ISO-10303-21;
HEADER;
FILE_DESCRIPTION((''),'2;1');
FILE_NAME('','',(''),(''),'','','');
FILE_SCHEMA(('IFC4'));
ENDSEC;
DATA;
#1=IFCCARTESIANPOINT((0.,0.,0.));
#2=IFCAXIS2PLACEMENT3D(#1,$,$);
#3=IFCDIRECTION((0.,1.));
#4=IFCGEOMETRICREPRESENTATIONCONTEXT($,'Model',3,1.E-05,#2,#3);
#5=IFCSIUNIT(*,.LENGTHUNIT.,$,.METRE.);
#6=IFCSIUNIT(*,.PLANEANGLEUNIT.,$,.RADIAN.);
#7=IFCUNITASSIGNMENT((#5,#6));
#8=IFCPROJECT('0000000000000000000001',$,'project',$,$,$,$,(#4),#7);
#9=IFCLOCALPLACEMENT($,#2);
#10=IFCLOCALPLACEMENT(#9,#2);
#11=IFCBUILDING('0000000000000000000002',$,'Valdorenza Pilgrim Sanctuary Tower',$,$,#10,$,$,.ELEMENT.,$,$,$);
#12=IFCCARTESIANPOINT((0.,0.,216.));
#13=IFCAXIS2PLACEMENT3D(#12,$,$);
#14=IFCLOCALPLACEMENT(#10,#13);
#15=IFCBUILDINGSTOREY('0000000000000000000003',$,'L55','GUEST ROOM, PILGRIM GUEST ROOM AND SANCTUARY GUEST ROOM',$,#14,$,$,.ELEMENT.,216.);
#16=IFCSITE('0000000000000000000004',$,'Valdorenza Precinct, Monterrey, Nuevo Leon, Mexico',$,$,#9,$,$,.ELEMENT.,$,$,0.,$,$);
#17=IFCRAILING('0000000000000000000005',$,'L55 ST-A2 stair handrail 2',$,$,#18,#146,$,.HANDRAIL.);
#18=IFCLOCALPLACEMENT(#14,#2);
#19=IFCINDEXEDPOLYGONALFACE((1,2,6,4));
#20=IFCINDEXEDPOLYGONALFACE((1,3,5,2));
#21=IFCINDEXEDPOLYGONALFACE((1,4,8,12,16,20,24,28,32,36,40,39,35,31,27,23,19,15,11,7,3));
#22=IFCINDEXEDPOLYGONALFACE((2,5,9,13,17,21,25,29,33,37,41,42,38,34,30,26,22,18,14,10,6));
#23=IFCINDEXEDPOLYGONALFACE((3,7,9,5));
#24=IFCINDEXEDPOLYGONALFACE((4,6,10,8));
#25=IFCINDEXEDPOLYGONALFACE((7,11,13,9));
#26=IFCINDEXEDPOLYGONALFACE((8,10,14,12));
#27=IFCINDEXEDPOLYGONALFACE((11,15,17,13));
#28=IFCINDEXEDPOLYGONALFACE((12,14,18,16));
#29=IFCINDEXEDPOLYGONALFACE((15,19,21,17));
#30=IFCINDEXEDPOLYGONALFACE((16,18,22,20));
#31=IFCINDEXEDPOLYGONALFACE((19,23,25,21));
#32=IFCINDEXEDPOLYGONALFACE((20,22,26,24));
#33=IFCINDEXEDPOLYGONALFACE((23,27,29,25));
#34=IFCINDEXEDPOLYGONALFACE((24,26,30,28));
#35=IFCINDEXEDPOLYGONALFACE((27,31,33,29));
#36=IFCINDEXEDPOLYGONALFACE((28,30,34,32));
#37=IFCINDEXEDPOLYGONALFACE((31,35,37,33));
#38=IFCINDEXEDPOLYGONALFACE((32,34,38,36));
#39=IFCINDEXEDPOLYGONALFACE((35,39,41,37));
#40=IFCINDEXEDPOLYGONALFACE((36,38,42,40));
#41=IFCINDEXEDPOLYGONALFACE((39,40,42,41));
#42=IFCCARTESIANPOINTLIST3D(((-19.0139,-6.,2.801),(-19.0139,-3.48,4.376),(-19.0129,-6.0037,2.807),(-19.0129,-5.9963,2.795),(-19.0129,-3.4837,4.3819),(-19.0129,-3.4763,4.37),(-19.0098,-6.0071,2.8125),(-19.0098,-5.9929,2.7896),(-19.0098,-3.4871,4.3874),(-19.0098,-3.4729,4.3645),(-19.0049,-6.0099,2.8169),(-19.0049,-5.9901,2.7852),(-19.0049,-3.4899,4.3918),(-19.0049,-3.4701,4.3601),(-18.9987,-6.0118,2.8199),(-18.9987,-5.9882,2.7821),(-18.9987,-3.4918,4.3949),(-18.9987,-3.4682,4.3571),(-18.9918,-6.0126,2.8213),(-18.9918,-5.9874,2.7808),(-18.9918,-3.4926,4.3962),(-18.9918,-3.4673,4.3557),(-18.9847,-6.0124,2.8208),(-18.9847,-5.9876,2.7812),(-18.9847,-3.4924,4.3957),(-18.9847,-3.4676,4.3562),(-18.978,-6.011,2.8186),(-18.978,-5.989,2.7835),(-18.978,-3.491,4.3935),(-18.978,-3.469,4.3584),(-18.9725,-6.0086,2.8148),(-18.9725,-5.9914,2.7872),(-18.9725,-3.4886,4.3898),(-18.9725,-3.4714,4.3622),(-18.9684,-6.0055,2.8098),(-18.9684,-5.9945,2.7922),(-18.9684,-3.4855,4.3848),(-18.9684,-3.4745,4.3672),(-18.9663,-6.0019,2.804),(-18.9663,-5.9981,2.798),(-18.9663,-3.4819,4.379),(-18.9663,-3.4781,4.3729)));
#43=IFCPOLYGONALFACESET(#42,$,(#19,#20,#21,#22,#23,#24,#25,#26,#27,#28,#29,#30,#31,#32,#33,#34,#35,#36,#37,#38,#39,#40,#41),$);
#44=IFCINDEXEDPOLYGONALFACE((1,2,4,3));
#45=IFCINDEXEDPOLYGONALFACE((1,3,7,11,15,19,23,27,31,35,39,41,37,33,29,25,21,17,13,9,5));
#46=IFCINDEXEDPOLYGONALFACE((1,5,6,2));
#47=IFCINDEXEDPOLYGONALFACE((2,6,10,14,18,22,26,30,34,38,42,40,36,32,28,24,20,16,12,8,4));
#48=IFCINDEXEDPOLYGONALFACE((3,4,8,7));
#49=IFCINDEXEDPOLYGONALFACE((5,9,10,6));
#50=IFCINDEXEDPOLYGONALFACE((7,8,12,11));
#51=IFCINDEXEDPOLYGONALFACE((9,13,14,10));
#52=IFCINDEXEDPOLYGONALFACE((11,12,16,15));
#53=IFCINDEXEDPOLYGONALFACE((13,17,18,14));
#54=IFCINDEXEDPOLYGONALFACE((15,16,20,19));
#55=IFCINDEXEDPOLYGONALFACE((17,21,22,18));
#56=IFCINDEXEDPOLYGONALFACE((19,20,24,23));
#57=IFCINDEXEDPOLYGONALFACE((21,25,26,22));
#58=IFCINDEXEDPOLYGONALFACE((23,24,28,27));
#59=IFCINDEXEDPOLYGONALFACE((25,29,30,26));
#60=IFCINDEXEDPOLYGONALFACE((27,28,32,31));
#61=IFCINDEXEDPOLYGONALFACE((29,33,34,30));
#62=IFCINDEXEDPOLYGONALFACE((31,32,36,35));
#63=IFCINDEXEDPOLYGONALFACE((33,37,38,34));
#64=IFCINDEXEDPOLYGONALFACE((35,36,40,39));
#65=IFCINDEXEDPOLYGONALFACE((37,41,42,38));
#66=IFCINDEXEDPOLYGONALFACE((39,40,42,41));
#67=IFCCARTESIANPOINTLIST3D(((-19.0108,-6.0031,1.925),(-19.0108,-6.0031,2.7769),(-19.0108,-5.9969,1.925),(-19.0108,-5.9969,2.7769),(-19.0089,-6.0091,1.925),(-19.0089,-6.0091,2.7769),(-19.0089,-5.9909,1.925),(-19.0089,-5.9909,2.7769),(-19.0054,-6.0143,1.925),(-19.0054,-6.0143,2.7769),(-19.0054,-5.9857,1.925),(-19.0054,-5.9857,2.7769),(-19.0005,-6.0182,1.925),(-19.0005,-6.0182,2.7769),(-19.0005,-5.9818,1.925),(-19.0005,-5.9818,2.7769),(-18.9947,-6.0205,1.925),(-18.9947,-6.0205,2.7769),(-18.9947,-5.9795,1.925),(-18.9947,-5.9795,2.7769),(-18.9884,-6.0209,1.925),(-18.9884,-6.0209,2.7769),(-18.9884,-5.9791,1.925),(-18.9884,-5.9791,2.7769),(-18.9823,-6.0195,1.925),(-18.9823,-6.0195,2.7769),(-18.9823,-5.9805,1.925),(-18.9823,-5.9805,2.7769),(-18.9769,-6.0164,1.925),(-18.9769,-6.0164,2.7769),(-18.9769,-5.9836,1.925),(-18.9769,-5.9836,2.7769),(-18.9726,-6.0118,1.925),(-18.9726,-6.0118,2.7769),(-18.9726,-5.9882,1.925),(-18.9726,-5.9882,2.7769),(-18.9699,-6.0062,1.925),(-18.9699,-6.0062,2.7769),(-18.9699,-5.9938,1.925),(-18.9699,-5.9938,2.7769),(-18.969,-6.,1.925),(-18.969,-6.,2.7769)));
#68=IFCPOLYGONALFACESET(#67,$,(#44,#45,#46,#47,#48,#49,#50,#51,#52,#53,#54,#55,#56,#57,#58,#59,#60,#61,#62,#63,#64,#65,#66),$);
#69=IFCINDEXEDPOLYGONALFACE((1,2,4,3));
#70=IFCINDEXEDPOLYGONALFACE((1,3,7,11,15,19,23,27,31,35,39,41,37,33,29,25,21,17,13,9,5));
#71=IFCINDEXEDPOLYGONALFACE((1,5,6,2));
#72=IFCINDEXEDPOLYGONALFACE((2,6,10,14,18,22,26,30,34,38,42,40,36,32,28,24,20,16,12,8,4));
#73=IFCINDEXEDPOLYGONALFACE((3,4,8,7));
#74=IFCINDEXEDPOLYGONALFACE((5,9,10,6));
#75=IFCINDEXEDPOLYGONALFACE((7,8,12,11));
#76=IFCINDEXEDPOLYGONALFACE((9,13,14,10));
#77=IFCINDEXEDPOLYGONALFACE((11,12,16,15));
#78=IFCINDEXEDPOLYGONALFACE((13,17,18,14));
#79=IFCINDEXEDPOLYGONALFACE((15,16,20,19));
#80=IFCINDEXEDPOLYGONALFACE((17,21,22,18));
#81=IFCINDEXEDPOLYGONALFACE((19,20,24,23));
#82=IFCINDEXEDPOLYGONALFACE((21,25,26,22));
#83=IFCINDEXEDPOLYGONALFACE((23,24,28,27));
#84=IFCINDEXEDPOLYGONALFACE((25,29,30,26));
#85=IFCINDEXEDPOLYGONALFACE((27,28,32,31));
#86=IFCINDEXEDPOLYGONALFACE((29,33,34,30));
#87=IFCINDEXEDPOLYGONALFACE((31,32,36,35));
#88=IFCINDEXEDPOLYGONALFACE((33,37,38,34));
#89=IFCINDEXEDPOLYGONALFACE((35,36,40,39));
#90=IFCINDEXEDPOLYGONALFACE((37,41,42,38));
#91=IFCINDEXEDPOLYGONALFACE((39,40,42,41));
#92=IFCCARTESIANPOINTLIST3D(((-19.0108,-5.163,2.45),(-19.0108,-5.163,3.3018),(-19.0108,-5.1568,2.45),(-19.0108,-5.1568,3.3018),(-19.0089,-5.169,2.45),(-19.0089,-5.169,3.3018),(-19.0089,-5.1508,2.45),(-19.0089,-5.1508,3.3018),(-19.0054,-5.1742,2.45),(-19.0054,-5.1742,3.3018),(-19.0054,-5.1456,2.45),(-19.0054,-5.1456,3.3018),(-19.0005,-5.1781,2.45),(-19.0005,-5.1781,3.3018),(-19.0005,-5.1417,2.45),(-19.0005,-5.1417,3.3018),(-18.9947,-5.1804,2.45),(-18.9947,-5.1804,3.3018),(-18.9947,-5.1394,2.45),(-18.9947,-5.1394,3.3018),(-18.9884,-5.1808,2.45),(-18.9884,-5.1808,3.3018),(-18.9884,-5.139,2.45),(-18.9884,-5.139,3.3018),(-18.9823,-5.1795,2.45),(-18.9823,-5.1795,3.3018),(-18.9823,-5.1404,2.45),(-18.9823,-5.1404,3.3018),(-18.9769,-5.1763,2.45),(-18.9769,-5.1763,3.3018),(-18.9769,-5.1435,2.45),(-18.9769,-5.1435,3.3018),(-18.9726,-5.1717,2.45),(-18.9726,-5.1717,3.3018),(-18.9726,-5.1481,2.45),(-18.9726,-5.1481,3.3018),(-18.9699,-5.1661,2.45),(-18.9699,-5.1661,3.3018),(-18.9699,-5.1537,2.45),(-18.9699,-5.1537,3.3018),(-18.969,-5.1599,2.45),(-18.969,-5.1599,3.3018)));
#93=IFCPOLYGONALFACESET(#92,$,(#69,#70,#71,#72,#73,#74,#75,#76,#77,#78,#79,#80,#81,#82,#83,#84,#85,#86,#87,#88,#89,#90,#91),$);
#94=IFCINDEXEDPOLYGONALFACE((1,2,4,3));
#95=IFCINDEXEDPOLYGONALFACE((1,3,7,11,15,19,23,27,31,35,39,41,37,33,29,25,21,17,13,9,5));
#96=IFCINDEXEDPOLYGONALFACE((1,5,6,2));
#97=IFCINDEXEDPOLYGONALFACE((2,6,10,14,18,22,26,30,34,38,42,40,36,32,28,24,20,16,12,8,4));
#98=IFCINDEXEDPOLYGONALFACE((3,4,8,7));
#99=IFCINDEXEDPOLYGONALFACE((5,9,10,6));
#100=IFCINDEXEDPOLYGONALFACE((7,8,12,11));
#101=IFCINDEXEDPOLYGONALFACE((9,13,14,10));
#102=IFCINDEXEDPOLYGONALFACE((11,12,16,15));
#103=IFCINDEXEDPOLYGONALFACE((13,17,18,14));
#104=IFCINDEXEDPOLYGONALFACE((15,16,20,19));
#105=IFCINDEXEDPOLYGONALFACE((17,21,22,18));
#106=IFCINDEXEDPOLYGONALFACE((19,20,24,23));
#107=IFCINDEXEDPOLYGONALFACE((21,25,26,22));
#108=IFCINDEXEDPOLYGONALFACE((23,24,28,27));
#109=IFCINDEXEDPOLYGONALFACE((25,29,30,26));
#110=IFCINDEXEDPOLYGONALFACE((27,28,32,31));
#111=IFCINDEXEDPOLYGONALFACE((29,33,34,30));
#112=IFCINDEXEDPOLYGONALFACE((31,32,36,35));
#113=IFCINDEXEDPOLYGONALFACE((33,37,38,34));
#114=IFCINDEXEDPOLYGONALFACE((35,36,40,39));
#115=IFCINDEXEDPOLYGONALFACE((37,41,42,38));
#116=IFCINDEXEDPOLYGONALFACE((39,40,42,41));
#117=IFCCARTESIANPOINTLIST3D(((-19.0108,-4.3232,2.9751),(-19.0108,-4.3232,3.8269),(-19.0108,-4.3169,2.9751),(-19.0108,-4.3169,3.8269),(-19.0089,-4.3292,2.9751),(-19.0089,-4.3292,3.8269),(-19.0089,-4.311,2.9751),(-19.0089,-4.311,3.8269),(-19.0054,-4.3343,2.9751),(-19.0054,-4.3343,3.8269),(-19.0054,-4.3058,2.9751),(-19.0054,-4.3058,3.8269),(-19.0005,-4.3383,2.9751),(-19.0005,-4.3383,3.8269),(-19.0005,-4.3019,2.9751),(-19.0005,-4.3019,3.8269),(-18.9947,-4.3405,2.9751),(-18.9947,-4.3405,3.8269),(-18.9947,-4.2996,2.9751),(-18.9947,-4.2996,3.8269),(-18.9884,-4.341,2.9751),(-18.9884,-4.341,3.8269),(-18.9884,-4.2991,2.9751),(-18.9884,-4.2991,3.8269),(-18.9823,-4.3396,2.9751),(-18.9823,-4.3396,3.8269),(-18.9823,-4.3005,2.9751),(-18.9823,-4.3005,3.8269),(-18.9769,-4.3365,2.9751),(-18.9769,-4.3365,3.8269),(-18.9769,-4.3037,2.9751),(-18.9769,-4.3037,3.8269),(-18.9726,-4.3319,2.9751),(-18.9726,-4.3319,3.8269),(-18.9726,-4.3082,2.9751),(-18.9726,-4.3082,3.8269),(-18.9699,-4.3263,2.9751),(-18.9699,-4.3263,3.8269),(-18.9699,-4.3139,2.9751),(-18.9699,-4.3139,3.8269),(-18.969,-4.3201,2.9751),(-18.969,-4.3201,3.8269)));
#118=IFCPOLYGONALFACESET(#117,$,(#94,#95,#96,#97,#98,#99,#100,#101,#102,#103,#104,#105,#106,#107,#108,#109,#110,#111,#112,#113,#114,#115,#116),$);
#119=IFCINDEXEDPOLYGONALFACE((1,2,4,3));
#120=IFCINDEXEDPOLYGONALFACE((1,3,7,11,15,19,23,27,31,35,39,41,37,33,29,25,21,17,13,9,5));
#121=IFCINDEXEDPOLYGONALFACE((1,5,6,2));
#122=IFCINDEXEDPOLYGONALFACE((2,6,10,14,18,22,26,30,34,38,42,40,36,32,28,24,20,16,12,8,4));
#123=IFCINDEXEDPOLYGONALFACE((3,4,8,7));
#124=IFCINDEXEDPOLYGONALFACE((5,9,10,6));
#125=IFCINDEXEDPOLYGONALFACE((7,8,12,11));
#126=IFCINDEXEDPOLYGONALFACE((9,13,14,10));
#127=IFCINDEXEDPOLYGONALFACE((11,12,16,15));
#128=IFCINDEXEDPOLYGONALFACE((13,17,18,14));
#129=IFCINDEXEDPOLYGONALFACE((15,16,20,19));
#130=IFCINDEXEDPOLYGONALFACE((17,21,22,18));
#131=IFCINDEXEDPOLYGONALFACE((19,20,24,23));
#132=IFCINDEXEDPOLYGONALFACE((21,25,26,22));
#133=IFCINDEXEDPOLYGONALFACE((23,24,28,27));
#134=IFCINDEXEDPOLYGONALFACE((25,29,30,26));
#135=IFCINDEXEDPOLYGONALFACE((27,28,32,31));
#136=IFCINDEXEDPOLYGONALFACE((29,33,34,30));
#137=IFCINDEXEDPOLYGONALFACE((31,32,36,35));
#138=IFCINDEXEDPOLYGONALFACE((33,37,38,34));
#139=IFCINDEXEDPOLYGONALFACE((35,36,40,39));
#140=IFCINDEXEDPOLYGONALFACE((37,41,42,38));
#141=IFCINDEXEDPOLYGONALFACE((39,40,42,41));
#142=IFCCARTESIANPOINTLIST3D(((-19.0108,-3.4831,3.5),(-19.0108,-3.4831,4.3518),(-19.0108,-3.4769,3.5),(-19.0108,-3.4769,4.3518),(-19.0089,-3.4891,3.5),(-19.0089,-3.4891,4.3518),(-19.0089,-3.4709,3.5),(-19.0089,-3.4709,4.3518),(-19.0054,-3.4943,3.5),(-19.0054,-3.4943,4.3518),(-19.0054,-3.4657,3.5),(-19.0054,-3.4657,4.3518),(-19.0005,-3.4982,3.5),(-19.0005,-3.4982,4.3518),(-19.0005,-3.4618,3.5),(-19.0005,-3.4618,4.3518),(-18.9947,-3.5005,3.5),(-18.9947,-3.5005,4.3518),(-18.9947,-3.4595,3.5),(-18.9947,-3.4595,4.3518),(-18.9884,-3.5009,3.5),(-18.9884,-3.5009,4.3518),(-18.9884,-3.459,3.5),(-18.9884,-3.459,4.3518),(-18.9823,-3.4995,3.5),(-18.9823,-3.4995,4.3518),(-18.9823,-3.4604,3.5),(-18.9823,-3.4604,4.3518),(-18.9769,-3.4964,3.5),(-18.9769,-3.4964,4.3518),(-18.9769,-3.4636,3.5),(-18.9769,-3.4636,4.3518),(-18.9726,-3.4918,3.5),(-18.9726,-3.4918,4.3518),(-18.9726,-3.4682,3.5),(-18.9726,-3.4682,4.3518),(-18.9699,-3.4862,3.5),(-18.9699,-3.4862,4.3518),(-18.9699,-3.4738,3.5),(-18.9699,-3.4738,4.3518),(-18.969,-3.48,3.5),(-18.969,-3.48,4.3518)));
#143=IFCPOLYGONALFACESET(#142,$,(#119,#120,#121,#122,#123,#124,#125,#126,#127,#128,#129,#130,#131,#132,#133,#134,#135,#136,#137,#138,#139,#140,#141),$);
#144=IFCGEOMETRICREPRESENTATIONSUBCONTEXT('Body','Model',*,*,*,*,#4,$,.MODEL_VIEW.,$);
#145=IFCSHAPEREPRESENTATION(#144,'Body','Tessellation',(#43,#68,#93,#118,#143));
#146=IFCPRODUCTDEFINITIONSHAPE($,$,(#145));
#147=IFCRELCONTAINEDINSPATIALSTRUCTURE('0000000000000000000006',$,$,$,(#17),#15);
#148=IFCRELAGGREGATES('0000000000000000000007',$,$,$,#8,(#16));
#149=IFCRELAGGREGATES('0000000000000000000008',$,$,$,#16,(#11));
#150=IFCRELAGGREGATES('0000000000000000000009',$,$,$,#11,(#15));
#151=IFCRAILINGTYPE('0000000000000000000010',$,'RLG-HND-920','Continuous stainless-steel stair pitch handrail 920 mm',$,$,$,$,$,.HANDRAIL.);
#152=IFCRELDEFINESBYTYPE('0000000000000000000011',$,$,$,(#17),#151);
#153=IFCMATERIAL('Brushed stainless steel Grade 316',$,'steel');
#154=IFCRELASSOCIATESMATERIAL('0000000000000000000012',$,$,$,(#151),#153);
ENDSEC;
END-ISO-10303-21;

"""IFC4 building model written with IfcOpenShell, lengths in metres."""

from ifc_helpers import new_model, si_unit, direction, frame, origin, origin_2d, place, context, subcontext, project, spatial, circle, extrude, material, type_object, element, save


model = new_model("IFC4")

# Units and contexts
model_context = context("Model", 3, precision=1e-05, world=origin(), true_north=direction((0.0, 1.0)))
body_context = subcontext(model_context, "Body", "Model", "MODEL_VIEW")
ifc_project = project(units=[si_unit("LENGTHUNIT", "METRE"), si_unit("PLANEANGLEUNIT", "RADIAN")], contexts=[model_context])

# Site, building, storey
site_placement = place(None, origin())
site = spatial("IfcSite", under=ifc_project, at=site_placement, Name="Valdorenza Precinct, Monterrey, Nuevo Leon, Mexico", CompositionType="ELEMENT", RefElevation=0.0)
building_placement = place(site_placement, origin())
building = spatial("IfcBuilding", under=site, at=building_placement, Name="Valdorenza Pilgrim Sanctuary Tower", CompositionType="ELEMENT")
storey_placement = place(building_placement, frame((0.0, 0.0, 216.0)))
storey = spatial("IfcBuildingStorey", under=building, at=storey_placement, Name="L55", Description="GUEST ROOM, PILGRIM GUEST ROOM AND SANCTUARY GUEST ROOM", CompositionType="ELEMENT", Elevation=216.0)

# Shared definitions
ifc_material_1 = material(Name="Brushed stainless steel Grade 316", Category="steel")

# Railing
railing_type = type_object("IfcRailingType", Name="RLG-HND-920", Description="Continuous stainless-steel stair pitch handrail 920 mm", PredefinedType="HANDRAIL", material=ifc_material_1)
railing_placement = place(storey_placement, frame((-18.99, -6.0, 1.925)))
element("IfcRailing", 1, at=railing_placement, inside=storey, type_object=railing_type, Name="L55 ST-A2 stair handrail 2", PredefinedType="HANDRAIL", context=body_context, shape_type="SweptSolid", body=[
    extrude(circle(Radius=0.0239, at=origin_2d()), frame((0.0, 0.0, 0.876), z_axis=(0.0, 0.848008, 0.529984), x_axis=(-1.0, 0.0, 0.0)), (0.0, 0.0, 1.0), 2.9717),
    extrude(circle(Radius=0.021, at=origin_2d()), origin(), (0.0, 0.0, 1.0), 0.8518),
    extrude(circle(Radius=0.021, at=origin_2d()), frame((0.0, 0.8401, 0.5249)), (0.0, 0.0, 1.0), 0.8518),
    extrude(circle(Radius=0.021, at=origin_2d()), frame((0.0, 1.6799, 1.05)), (0.0, 0.0, 1.0), 0.8518),
    extrude(circle(Radius=0.021, at=origin_2d()), frame((0.0, 2.52, 1.575)), (0.0, 0.0, 1.0), 0.8518),
])

save(model, "model.ifc")
